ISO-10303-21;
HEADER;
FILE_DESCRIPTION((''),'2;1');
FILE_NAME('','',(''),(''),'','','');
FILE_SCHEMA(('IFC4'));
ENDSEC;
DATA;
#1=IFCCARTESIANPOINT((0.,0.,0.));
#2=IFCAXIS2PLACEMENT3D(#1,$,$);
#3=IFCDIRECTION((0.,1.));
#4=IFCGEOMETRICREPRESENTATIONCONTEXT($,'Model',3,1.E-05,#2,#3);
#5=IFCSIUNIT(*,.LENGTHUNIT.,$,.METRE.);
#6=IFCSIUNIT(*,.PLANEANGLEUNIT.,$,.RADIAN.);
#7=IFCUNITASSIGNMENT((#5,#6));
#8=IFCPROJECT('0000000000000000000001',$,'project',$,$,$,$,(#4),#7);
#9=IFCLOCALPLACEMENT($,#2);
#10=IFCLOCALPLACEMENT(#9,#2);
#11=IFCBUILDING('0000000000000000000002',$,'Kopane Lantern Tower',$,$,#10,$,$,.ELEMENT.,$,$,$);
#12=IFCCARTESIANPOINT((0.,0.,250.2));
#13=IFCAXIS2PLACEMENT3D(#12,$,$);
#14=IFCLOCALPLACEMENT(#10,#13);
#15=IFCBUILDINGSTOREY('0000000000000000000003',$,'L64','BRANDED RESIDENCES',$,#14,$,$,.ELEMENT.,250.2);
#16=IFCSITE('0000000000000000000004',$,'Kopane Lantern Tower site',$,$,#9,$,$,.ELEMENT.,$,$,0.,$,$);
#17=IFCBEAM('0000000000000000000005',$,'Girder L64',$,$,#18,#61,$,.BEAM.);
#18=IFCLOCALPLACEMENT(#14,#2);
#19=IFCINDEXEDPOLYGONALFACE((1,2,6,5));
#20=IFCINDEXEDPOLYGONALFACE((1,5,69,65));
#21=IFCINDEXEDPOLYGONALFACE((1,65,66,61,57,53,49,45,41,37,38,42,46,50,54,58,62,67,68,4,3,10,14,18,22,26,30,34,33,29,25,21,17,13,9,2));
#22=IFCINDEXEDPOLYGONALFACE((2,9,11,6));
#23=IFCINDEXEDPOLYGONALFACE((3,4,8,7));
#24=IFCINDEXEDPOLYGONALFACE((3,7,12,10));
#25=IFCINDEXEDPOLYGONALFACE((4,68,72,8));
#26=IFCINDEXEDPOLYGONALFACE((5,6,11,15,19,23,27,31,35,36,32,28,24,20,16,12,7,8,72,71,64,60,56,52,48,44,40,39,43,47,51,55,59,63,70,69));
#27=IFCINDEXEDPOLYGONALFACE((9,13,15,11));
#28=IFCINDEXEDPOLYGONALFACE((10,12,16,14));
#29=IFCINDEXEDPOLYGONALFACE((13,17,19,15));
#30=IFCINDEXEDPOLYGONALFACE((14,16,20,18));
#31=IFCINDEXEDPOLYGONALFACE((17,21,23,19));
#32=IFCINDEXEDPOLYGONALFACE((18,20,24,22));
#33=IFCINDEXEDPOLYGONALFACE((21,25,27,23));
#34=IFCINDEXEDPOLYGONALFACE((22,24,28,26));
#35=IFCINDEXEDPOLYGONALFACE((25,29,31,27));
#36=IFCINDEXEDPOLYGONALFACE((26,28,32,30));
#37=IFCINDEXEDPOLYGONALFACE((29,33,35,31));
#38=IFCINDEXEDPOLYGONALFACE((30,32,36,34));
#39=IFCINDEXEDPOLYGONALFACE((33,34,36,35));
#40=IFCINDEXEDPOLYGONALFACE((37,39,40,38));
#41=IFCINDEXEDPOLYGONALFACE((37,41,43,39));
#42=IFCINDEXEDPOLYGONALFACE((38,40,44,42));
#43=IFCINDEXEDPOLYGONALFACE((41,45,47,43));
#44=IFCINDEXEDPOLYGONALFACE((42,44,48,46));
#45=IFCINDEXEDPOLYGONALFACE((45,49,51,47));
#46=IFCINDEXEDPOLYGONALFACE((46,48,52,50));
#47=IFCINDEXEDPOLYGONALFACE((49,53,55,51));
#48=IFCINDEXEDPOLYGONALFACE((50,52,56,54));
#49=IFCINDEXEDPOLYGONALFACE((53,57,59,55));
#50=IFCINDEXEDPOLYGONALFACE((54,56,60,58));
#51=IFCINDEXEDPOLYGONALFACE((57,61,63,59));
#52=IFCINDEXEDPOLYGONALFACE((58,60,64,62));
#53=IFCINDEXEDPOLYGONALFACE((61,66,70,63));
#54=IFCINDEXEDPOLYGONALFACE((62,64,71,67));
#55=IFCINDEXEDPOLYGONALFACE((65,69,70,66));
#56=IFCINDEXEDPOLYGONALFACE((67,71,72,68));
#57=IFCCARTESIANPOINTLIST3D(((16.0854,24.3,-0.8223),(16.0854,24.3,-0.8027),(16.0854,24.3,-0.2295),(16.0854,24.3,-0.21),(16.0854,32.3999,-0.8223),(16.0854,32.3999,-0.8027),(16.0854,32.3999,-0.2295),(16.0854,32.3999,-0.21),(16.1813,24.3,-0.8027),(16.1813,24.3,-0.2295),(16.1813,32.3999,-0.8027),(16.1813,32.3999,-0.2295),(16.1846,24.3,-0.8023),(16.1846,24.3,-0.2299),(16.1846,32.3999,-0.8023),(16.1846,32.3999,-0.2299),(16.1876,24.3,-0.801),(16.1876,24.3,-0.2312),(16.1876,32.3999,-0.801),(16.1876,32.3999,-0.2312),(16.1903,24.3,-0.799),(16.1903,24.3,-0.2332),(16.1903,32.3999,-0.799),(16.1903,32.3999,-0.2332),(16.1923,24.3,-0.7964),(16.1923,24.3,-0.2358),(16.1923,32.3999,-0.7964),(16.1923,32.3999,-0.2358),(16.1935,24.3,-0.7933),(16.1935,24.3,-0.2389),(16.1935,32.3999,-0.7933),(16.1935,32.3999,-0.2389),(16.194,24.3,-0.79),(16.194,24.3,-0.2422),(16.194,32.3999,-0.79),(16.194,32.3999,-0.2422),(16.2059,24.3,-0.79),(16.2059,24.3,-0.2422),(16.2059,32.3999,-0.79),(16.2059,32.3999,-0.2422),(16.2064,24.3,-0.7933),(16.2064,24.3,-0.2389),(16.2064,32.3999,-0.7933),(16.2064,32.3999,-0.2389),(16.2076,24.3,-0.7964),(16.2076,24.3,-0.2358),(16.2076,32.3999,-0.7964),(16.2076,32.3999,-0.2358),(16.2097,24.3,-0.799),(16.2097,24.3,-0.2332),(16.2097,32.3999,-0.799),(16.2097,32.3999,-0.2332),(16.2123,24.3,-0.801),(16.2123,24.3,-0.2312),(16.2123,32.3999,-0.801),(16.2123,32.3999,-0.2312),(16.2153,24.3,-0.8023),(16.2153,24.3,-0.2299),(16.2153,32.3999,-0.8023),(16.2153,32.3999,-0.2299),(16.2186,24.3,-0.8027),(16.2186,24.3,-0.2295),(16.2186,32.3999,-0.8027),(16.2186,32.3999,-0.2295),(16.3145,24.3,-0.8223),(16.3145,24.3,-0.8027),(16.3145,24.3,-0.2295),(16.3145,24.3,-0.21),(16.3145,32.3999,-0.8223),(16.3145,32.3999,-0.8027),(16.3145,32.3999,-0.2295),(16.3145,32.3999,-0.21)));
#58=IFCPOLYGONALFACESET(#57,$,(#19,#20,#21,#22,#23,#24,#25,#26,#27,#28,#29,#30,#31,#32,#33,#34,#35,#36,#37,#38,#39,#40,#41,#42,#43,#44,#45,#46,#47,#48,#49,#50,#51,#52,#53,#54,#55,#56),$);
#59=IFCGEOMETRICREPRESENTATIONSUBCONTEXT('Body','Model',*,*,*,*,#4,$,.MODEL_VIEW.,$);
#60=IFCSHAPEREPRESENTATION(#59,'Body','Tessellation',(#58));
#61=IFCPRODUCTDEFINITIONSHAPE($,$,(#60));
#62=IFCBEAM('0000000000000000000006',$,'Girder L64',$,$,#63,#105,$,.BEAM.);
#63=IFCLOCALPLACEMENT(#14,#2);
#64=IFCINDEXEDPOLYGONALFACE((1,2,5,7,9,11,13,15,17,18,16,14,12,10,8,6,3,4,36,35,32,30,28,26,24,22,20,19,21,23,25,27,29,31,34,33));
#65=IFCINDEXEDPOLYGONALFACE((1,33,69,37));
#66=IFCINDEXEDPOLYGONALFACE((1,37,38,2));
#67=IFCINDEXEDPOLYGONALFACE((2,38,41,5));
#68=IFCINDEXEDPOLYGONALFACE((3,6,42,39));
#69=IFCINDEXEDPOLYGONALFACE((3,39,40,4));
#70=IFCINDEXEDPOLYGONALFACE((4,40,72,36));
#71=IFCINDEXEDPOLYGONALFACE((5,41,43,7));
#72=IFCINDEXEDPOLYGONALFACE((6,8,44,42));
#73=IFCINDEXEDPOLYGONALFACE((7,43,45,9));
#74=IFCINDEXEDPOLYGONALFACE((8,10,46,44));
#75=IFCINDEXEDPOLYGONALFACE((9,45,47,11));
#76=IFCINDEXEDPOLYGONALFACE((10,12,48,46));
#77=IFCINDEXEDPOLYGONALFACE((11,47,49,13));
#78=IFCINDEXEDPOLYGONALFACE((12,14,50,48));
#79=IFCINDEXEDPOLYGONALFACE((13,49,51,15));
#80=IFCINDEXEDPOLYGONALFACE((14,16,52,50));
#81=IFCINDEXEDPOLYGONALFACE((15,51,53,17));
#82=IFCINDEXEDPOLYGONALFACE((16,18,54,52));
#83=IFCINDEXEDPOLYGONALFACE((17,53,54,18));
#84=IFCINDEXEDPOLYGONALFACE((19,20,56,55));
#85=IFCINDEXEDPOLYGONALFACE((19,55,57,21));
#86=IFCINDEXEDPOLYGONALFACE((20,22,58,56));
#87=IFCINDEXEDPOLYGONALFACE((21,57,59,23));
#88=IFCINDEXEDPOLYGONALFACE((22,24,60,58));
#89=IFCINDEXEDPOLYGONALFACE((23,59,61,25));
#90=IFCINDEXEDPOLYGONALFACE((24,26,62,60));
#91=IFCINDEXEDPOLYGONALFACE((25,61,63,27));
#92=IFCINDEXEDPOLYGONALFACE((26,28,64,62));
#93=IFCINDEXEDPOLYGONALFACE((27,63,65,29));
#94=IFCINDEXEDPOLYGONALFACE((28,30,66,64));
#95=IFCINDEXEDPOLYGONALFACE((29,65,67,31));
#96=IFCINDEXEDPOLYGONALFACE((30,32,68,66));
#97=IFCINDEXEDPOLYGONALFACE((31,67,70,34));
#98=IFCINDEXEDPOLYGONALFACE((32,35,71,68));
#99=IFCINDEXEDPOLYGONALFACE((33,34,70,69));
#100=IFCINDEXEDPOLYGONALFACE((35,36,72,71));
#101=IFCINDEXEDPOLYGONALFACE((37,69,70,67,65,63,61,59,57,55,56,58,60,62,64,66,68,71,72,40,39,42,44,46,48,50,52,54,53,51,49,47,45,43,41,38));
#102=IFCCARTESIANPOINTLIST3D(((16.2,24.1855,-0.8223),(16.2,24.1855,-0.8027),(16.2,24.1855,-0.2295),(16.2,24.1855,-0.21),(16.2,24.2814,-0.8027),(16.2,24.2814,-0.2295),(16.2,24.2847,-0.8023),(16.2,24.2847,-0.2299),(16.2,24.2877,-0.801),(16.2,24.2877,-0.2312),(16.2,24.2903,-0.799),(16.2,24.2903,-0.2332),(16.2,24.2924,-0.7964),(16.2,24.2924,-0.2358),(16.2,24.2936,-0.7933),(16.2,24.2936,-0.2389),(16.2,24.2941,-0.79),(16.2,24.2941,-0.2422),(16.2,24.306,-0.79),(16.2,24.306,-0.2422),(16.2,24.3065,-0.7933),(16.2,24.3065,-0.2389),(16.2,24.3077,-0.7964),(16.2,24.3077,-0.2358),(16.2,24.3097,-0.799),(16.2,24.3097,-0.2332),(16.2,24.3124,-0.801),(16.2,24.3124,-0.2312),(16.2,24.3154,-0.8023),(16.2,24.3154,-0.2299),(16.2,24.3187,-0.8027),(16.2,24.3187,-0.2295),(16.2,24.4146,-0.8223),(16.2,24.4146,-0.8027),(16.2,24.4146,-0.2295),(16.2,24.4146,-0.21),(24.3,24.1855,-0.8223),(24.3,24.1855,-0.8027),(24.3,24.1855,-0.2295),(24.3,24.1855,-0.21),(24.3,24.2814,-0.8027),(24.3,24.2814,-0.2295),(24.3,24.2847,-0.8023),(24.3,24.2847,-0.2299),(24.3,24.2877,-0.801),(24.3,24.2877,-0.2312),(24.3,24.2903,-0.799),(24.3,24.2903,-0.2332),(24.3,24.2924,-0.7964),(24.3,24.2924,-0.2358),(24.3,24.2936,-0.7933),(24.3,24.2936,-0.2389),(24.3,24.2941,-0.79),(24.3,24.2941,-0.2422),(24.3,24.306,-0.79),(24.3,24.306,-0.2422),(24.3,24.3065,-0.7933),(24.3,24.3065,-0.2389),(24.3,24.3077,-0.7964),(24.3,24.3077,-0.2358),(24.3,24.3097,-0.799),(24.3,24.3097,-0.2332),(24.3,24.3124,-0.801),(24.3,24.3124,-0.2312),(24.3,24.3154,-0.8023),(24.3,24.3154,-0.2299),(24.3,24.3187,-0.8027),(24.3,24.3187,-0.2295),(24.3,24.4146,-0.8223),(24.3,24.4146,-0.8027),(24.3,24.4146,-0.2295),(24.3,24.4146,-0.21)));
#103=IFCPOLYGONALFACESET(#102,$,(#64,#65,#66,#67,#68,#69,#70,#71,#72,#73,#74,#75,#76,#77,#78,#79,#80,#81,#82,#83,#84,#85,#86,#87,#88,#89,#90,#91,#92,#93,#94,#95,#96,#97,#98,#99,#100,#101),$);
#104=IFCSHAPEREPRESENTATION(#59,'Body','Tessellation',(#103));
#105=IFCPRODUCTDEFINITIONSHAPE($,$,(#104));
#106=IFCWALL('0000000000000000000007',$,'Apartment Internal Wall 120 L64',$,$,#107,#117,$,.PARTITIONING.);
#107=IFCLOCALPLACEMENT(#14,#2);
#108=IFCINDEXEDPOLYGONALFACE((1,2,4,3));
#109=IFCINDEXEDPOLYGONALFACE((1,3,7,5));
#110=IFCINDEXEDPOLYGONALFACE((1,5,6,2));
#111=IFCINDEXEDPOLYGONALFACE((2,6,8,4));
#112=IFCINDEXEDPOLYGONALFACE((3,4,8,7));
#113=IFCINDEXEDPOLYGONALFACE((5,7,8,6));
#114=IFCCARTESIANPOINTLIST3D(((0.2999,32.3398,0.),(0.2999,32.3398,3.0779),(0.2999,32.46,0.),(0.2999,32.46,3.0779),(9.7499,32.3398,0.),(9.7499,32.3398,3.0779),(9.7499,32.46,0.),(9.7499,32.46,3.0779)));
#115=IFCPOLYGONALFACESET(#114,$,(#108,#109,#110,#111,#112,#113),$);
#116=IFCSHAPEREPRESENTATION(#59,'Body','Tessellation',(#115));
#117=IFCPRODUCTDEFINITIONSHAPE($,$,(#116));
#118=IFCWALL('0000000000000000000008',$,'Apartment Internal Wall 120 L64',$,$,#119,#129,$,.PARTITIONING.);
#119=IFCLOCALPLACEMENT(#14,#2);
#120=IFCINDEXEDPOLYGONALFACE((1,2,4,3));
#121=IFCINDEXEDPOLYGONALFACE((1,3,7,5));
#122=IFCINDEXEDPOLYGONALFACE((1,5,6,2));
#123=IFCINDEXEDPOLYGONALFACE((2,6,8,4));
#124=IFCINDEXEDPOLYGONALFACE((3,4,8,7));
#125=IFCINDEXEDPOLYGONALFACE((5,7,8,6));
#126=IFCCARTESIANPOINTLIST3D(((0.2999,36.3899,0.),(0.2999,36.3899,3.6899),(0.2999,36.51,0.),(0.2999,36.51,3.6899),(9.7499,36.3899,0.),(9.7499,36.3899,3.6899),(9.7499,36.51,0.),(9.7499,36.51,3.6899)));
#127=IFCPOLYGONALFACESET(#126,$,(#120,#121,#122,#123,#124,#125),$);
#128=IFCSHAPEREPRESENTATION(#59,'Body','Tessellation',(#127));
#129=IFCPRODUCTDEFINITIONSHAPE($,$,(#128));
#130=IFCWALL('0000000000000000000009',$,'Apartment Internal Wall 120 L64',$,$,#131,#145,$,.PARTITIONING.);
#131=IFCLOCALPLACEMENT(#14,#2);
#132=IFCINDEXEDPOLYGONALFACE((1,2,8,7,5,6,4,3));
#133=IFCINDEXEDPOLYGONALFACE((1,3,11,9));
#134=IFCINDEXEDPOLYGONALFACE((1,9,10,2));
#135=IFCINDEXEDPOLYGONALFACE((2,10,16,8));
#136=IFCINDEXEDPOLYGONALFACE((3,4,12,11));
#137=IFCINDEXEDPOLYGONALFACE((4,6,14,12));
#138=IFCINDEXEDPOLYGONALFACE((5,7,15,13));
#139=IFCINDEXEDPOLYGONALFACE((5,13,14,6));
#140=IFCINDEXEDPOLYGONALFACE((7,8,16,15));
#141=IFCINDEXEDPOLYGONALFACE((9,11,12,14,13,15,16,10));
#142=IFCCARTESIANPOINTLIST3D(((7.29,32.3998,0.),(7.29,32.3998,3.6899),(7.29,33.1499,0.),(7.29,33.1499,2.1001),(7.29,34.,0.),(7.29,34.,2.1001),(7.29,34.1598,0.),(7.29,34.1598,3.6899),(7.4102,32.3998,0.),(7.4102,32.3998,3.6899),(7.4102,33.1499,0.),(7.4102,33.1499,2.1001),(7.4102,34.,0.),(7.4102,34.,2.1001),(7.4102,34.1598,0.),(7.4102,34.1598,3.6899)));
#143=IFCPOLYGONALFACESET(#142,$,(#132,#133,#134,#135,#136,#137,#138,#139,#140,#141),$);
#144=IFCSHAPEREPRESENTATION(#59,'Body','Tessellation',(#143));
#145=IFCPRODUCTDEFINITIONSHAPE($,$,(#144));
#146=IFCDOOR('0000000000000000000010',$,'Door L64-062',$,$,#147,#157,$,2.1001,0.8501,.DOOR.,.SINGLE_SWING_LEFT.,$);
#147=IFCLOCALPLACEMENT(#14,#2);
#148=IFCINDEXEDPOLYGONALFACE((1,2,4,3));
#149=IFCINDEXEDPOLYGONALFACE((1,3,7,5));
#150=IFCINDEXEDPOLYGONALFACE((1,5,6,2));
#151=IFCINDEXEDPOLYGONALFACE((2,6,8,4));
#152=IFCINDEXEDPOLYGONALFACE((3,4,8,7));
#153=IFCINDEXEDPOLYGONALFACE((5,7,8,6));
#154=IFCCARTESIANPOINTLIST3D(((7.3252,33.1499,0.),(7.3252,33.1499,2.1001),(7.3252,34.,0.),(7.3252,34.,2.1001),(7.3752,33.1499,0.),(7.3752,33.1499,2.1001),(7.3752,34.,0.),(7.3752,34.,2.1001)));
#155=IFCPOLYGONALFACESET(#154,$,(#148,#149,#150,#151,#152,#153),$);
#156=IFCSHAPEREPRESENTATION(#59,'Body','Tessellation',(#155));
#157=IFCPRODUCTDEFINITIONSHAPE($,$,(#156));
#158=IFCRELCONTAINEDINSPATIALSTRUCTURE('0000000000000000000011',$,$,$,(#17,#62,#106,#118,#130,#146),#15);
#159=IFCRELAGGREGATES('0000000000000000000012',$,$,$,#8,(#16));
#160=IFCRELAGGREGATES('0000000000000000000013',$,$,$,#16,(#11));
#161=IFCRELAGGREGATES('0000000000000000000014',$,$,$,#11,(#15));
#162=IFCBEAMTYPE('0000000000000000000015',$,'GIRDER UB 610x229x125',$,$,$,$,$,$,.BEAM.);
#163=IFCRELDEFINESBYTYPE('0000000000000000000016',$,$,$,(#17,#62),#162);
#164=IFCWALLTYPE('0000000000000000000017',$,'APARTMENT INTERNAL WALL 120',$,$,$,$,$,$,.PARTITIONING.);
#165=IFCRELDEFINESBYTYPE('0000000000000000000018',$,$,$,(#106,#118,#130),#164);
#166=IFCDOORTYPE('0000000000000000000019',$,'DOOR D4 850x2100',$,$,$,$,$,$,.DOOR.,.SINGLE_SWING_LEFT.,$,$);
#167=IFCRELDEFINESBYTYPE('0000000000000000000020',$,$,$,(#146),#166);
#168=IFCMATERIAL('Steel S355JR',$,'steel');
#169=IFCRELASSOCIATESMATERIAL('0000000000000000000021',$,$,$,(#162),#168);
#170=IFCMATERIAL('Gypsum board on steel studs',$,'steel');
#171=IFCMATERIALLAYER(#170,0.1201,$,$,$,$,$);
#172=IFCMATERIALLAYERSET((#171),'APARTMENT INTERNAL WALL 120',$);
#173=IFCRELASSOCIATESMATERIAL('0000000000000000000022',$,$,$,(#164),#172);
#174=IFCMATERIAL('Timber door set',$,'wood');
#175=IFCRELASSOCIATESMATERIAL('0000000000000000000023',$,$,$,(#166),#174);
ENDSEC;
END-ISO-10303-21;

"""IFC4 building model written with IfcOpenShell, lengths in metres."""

from ifc_helpers import new_model, si_unit, direction, frame, frame_2d, origin, origin_2d, place, context, subcontext, project, spatial, rectangle, i_section, extrude, material, layer, layer_set, material_profile, profile_set, type_object, element, fill, save


model = new_model("IFC4")

# Units and contexts
model_context = context("Model", 3, precision=1e-05, world=origin(), true_north=direction((0.0, 1.0)))
body_context = subcontext(model_context, "Body", "Model", "MODEL_VIEW")
ifc_project = project(units=[si_unit("LENGTHUNIT", "METRE"), si_unit("PLANEANGLEUNIT", "RADIAN")], contexts=[model_context])

# Site, building, storey
site_placement = place(None, origin())
site = spatial("IfcSite", under=ifc_project, at=site_placement, Name="Kopane Lantern Tower site", CompositionType="ELEMENT", RefElevation=0.0)
building_placement = place(site_placement, origin())
building = spatial("IfcBuilding", under=site, at=building_placement, Name="Kopane Lantern Tower", CompositionType="ELEMENT")
storey_placement = place(building_placement, frame((0.0, 0.0, 250.2)))
storey = spatial("IfcBuildingStorey", under=building, at=storey_placement, Name="L64", Description="BRANDED RESIDENCES", CompositionType="ELEMENT", Elevation=250.2)

# Beams
ifc_material_1 = material(Name="Steel S355JR", Category="steel")
ifc_material_profile_1 = material_profile(ifc_material_1, i_section(OverallWidth=0.229, OverallDepth=0.6123, WebThickness=0.012, FlangeThickness=0.0195, FilletRadius=0.0127, at=origin_2d()), Name="UB 610x229x125")
ifc_profile_set_1 = profile_set([ifc_material_profile_1], Name="Steel S355JR")
beam_type = type_object("IfcBeamType", Name="GIRDER UB 610x229x125", PredefinedType="BEAM", material=ifc_profile_set_1)
for number, where, z_axis, x_axis, name in (
    (1, (16.2, 24.3, -0.5161), (0.0, 1.0, 0.0), (-1.0, 0.0, 0.0), "Girder L64"),
):
    element("IfcBeam", number, at=place(storey_placement, frame(where, z_axis=z_axis, x_axis=x_axis)), inside=storey, type_object=beam_type, Name=name, PredefinedType="BEAM", context=body_context, shape_type="SweptSolid", body=[
        extrude(i_section(OverallWidth=0.229, OverallDepth=0.6123, WebThickness=0.012, FlangeThickness=0.0195, FilletRadius=0.0127, at=origin_2d()), origin(), (0.0, 0.0, 1.0), 8.0999),
    ])
beam_placement = place(storey_placement, frame((16.2, 24.3, -0.5161), z_axis=(1.0, 0.0, 0.0), x_axis=(0.0, 1.0, 0.0)))
element("IfcBeam", 2, at=beam_placement, inside=storey, type_object=beam_type, Name="Girder L64", PredefinedType="BEAM", context=body_context, shape_type="SweptSolid", body=[
    extrude(i_section(OverallWidth=0.229, OverallDepth=0.6123, WebThickness=0.012, FlangeThickness=0.0195, FilletRadius=0.0127, at=origin_2d()), origin(), (0.0, 0.0, 1.0), 8.1001),
])

# Walls
ifc_material_2 = material(Name="Gypsum board on steel studs", Category="steel")
ifc_layer_1 = layer(ifc_material_2, 0.1201)
ifc_layer_set_1 = layer_set([ifc_layer_1], Name="APARTMENT INTERNAL WALL 120")
wall_type_1 = type_object("IfcWallType", Name="APARTMENT INTERNAL WALL 120", PredefinedType="PARTITIONING", material=ifc_layer_set_1)
wall_1_placement = place(storey_placement, frame((9.75, 32.3999, 0.0), z_axis=(0.0, 0.0, 1.0), x_axis=(-1.0, 0.0, 0.0)))
element("IfcWall", 3, at=wall_1_placement, inside=storey, type_object=wall_type_1, Name="Apartment Internal Wall 120 L64", PredefinedType="PARTITIONING", context=body_context, shape_type="SweptSolid", body=[
    extrude(rectangle(XDim=9.45, YDim=0.1201, at=frame_2d((4.7251, 0.0))), origin(), (0.0, 0.0, 1.0), 3.0779),
])
wall_2_placement = place(storey_placement, frame((9.75, 36.45, 0.0), z_axis=(0.0, 0.0, 1.0), x_axis=(-1.0, 0.0, 0.0)))
element("IfcWall", 4, at=wall_2_placement, inside=storey, type_object=wall_type_1, Name="Apartment Internal Wall 120 L64", PredefinedType="PARTITIONING", context=body_context, shape_type="SweptSolid", body=[
    extrude(rectangle(XDim=9.45, YDim=0.1201, at=frame_2d((4.7251, 0.0))), origin(), (0.0, 0.0, 1.0), 3.6899),
])

# Wall, opening, door
wall_3_placement = place(storey_placement, frame((7.3501, 32.3999, 0.0), z_axis=(0.0, 0.0, 1.0), x_axis=(0.0, 1.0, 0.0)))
wall_3 = element("IfcWall", 5, at=wall_3_placement, inside=storey, type_object=wall_type_1, Name="Apartment Internal Wall 120 L64", PredefinedType="PARTITIONING", context=body_context, shape_type="SweptSolid", body=[
    extrude(rectangle(XDim=1.76, YDim=0.1201, at=frame_2d((0.8799, 0.0))), origin(), (0.0, 0.0, 1.0), 3.6899),
])
opening_1_placement = place(wall_3_placement, frame((0.75, 0.0, 0.0)))
opening_1 = element("IfcOpeningElement", 6, at=opening_1_placement, cuts=wall_3, PredefinedType="OPENING", context=body_context, shape_type="SweptSolid", body=[
    extrude(rectangle(XDim=0.8501, YDim=2.1001, at=frame_2d((0.425, 1.05))), frame((0.0, 0.0701, 0.0), z_axis=(0.0, -1.0, 0.0), x_axis=(1.0, 0.0, 0.0)), (0.0, 0.0, 1.0), 0.1401),
])
ifc_material_3 = material(Name="Timber door set", Category="wood")
door_type_1 = type_object("IfcDoorType", Name="DOOR D4 850x2100", OperationType="SINGLE_SWING_LEFT", PredefinedType="DOOR", material=ifc_material_3)
door_1_placement = place(opening_1_placement, origin())
door_1 = element("IfcDoor", 7, at=door_1_placement, inside=storey, type_object=door_type_1, Name="Door L64-062", OperationType="SINGLE_SWING_LEFT", OverallHeight=2.1001, OverallWidth=0.8501, PredefinedType="DOOR", context=body_context, shape_type="SweptSolid", body=[
    extrude(rectangle(XDim=0.8501, YDim=2.1001, at=frame_2d((0.425, 1.05))), frame((0.0, 0.0249, 0.0), z_axis=(0.0, -1.0, 0.0), x_axis=(1.0, 0.0, 0.0)), (0.0, 0.0, 1.0), 0.05),
])
fill(opening_1, door_1)

save(model, "model.ifc")
